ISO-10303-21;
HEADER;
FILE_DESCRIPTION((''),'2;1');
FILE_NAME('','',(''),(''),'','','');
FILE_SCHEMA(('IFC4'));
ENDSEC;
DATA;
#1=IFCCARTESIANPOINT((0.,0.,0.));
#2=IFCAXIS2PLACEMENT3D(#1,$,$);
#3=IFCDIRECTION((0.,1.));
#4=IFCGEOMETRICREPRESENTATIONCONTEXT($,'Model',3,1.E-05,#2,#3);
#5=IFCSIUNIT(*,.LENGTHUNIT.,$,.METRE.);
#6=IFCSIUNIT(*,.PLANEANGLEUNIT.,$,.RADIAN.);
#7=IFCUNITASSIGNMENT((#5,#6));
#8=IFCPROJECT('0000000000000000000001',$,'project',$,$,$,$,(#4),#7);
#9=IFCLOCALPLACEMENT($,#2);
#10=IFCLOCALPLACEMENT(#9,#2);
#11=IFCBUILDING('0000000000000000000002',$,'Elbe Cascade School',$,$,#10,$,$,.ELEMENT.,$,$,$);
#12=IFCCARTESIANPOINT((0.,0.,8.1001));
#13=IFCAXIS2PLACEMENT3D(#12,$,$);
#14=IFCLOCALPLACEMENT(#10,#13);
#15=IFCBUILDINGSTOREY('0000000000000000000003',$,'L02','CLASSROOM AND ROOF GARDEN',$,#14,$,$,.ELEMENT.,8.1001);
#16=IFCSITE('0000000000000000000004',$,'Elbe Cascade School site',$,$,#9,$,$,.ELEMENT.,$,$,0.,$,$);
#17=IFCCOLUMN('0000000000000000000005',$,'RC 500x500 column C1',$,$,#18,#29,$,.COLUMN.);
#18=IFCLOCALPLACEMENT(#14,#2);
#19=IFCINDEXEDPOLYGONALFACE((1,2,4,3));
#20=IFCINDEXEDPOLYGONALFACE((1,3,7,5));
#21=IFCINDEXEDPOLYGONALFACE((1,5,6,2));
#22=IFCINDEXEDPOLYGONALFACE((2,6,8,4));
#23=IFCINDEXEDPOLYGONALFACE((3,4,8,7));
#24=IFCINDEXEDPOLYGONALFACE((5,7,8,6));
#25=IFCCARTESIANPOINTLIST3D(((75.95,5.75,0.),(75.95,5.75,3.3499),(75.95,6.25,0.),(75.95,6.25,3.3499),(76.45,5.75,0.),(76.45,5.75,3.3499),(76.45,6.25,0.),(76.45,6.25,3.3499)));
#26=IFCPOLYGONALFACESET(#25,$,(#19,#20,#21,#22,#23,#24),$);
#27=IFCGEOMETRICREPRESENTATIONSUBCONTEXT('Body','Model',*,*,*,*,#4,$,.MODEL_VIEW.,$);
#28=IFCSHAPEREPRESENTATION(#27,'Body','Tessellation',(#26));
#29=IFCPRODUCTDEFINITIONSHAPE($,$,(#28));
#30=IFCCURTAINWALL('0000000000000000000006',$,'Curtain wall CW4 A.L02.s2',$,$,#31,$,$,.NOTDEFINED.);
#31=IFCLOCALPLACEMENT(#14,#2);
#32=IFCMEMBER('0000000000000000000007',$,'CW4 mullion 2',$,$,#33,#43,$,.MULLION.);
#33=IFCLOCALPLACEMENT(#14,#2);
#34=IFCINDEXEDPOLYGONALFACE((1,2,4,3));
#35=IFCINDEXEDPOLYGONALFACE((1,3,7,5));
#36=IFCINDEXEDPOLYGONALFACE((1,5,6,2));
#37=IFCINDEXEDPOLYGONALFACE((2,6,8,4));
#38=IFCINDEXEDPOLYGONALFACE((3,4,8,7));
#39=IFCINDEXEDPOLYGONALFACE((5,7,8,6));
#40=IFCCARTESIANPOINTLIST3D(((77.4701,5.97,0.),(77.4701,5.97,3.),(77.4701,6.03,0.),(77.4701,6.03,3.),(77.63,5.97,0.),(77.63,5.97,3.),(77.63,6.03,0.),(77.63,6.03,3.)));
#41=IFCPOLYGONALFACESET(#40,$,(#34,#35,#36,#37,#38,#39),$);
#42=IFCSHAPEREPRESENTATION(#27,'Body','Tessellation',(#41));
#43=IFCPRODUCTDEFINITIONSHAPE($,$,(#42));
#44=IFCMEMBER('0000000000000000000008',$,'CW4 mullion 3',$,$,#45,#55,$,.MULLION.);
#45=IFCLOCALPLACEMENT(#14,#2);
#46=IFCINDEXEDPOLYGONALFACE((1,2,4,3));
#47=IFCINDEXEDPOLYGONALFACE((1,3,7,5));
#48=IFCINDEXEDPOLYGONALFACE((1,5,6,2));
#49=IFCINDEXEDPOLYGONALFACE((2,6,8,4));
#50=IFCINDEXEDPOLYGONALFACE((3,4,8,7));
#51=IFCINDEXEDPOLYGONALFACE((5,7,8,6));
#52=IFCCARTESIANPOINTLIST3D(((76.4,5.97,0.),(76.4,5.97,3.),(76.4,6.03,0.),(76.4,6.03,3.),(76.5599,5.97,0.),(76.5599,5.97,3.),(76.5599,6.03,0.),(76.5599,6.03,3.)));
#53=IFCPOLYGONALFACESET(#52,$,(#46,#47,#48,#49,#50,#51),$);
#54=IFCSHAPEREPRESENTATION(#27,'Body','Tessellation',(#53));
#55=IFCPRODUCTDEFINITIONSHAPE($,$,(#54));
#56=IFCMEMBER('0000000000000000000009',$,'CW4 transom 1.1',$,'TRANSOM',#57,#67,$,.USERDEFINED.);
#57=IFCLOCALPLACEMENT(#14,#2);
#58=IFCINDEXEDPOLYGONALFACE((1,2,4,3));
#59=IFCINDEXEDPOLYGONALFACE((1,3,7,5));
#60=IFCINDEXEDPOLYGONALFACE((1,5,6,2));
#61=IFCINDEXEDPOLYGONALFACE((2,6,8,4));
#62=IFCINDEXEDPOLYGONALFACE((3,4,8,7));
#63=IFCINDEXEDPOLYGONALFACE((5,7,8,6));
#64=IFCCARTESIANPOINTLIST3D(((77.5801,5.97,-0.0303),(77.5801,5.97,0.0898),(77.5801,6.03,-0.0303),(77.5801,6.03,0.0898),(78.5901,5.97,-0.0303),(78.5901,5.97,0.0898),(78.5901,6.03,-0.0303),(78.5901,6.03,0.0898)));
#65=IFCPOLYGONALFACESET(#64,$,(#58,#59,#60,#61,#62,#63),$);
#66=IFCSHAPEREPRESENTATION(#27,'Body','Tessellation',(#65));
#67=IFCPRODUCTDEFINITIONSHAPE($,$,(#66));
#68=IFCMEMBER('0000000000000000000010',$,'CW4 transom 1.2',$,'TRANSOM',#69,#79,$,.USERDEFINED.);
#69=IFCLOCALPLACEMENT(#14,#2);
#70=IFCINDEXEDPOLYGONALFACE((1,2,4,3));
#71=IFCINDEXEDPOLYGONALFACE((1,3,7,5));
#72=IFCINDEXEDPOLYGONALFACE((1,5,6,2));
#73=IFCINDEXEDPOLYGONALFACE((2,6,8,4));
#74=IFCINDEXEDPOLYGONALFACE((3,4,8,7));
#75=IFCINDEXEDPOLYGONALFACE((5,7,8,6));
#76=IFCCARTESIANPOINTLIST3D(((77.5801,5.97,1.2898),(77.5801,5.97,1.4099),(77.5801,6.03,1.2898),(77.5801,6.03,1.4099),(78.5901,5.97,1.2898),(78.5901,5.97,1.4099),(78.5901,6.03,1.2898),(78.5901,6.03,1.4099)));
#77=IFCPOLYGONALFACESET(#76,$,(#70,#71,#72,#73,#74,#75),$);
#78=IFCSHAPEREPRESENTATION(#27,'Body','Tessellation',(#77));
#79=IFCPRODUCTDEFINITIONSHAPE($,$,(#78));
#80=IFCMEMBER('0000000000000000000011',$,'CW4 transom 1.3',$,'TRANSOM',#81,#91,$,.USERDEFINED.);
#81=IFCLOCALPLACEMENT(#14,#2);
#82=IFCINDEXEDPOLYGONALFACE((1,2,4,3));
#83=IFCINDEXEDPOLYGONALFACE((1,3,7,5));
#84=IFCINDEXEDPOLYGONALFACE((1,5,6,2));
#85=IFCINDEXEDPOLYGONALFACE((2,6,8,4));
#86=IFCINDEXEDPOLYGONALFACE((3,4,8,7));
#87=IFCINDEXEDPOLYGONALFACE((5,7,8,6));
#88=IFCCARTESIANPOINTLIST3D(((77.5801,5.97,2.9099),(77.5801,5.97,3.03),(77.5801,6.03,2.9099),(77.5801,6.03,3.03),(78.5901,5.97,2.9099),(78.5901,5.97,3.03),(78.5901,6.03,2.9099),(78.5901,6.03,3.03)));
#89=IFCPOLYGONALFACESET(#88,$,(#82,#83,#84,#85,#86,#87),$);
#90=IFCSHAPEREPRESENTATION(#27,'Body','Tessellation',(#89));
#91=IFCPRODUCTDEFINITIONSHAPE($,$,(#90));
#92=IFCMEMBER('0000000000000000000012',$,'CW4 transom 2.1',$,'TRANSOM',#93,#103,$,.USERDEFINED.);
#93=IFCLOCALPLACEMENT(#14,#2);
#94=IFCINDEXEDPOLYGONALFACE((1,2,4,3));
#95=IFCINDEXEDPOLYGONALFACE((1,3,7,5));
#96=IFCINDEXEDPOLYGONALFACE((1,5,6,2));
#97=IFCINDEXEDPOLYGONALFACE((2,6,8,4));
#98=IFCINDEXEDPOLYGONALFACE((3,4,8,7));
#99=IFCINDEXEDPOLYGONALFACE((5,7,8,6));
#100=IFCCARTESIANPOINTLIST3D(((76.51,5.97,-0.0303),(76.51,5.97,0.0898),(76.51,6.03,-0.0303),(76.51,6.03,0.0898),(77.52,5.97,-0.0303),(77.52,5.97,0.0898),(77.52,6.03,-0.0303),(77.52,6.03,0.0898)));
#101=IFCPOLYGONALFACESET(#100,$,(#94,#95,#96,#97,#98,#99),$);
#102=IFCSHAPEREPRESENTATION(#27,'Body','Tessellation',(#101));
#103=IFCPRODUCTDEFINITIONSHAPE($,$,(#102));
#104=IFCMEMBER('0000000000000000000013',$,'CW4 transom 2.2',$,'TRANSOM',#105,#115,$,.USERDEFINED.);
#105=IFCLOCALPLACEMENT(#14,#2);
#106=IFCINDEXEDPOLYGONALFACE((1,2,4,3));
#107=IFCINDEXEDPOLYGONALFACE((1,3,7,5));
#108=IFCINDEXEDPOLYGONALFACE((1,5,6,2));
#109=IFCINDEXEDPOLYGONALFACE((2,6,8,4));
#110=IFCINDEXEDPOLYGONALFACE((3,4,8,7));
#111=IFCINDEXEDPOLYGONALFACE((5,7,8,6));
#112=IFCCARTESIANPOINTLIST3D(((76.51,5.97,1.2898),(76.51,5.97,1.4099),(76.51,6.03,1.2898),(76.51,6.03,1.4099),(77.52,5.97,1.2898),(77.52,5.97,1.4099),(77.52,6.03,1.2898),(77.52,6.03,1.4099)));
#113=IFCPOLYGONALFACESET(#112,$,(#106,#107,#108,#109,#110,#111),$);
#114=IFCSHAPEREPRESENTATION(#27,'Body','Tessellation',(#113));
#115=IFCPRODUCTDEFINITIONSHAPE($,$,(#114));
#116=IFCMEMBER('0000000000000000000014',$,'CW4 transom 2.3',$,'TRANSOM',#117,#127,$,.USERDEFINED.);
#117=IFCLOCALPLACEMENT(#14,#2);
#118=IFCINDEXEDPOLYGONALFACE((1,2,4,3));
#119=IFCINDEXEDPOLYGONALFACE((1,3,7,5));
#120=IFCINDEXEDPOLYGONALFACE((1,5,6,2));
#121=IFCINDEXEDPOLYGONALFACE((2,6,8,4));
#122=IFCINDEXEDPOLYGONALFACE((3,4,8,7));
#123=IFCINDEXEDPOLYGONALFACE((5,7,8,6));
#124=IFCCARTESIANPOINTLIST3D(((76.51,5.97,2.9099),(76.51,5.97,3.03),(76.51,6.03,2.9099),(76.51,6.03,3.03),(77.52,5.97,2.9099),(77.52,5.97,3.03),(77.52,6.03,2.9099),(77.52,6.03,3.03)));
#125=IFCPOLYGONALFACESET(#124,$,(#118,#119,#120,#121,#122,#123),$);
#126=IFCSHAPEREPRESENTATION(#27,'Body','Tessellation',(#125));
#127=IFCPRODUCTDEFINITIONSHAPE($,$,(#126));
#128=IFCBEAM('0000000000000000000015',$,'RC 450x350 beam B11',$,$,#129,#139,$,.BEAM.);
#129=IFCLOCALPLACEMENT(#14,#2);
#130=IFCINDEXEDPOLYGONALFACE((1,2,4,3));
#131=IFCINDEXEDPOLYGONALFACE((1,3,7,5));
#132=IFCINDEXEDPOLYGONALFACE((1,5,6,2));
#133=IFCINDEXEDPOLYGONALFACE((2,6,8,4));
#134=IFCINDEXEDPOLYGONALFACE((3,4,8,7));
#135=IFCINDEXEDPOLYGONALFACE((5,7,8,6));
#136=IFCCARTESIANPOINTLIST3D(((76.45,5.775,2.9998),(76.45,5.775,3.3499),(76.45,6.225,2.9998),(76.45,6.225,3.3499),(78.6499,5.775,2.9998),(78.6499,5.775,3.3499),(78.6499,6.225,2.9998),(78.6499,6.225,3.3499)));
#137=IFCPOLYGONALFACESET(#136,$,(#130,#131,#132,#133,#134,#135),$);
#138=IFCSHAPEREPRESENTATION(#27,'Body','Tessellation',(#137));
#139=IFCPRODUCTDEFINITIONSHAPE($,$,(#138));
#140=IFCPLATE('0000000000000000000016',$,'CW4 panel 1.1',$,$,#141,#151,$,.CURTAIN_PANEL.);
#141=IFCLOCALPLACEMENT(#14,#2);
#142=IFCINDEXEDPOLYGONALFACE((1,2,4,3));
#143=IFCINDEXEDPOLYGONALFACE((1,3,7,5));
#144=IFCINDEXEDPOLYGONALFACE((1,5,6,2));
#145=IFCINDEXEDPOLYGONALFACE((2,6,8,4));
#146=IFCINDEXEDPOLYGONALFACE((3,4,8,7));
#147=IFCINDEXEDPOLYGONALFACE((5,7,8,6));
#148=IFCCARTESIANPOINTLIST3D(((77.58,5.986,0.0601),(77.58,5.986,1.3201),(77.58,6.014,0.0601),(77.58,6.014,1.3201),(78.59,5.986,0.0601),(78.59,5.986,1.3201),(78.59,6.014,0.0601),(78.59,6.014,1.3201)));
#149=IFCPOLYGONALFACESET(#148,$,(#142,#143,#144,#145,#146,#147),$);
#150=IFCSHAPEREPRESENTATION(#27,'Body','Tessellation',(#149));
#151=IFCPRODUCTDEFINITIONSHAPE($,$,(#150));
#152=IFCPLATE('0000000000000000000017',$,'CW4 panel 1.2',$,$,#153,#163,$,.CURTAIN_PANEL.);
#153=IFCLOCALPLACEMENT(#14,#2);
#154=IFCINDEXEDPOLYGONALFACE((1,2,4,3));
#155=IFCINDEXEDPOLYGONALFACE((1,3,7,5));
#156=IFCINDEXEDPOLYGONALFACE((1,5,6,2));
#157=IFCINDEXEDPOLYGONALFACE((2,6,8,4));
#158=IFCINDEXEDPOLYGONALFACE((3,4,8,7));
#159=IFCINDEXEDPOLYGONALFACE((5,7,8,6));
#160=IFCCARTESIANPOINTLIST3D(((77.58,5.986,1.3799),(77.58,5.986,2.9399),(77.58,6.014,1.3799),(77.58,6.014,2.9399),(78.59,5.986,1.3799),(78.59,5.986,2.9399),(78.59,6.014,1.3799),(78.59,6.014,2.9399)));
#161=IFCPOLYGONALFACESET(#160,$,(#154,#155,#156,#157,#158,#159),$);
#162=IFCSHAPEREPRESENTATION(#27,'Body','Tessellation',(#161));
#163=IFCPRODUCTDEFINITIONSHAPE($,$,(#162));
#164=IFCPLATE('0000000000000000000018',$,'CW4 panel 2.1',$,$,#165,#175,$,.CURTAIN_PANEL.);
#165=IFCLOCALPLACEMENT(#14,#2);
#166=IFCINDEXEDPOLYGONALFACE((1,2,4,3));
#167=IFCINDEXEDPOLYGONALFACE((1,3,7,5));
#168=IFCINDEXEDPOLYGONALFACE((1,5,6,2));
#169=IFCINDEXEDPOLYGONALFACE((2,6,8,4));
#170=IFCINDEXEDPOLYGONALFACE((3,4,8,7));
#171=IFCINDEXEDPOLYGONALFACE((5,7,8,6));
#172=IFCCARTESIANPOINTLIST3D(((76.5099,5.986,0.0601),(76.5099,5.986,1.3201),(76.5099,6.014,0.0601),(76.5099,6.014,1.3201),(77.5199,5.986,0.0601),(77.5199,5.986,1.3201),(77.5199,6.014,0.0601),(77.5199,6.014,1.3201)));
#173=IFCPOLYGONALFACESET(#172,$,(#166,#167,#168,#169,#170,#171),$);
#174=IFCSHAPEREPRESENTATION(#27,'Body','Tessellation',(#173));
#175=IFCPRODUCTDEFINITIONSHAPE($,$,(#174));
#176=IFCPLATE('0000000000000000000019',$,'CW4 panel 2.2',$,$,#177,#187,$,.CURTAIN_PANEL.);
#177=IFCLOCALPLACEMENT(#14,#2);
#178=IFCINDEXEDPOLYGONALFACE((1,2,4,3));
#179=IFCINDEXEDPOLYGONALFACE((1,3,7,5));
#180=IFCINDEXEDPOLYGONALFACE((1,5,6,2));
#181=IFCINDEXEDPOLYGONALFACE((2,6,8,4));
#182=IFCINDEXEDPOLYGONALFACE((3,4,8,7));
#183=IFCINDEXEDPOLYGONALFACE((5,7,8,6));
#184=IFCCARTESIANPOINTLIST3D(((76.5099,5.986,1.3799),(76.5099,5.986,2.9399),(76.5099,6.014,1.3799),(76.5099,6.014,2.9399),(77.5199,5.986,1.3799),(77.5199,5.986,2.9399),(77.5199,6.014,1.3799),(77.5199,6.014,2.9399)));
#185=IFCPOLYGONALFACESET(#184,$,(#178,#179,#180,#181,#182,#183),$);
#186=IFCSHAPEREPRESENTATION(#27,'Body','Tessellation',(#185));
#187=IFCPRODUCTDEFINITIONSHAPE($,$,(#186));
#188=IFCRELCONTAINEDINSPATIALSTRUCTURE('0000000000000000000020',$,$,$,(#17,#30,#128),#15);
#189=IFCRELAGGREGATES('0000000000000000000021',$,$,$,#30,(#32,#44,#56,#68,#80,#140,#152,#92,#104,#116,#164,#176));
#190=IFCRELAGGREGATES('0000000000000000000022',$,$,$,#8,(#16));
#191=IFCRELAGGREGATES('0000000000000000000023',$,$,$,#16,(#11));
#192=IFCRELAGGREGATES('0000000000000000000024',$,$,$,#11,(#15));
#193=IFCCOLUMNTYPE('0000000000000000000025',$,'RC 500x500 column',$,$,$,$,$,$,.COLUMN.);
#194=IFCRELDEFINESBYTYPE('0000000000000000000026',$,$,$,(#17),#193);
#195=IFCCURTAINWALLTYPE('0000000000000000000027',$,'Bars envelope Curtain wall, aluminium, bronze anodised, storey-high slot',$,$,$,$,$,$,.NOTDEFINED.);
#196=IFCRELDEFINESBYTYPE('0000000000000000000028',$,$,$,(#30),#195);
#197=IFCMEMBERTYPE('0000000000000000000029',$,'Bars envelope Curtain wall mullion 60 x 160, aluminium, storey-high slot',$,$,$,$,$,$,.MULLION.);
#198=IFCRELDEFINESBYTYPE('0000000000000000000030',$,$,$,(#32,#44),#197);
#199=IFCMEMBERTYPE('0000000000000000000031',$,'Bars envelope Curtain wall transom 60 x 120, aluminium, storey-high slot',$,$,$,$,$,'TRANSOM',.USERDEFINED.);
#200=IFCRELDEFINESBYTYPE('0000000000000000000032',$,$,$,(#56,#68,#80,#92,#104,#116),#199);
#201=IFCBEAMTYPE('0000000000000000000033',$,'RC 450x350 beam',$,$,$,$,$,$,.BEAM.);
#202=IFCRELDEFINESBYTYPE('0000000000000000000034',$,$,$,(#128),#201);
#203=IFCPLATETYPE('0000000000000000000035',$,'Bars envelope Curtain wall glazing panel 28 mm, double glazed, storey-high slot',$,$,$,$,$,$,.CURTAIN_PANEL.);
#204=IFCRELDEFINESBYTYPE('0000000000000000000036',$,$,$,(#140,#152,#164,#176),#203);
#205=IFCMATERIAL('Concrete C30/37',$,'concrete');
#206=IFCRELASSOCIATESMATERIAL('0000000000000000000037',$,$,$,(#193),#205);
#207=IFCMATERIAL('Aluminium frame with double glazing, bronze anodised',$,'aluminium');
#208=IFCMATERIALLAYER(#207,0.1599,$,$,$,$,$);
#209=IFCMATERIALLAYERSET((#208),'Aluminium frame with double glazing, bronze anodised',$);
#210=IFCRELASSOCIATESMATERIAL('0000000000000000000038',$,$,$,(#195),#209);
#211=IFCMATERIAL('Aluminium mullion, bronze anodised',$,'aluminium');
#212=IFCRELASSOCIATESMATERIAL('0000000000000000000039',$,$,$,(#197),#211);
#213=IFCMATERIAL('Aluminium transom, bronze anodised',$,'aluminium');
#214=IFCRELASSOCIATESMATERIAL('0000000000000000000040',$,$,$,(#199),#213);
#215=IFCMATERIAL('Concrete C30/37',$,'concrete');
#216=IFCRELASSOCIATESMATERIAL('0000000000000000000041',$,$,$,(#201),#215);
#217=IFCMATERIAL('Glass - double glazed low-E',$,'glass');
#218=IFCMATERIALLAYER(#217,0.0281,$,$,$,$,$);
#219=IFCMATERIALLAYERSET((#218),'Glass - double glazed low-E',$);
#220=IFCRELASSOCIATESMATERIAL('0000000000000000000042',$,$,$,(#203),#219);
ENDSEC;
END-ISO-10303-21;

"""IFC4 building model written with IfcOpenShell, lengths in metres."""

from ifc_helpers import new_model, si_unit, direction, frame, origin, origin_2d, place, context, subcontext, project, spatial, rectangle, extrude, material, layer, layer_set, material_profile, profile_set, type_object, element, aggregate, save


model = new_model("IFC4")

# Units and contexts
model_context = context("Model", 3, precision=1e-05, world=origin(), true_north=direction((0.0, 1.0)))
body_context = subcontext(model_context, "Body", "Model", "MODEL_VIEW")
ifc_project = project(units=[si_unit("LENGTHUNIT", "METRE"), si_unit("PLANEANGLEUNIT", "RADIAN")], contexts=[model_context])

# Site, building, storey
site_placement = place(None, origin())
site = spatial("IfcSite", under=ifc_project, at=site_placement, Name="Elbe Cascade School site", CompositionType="ELEMENT", RefElevation=0.0)
building_placement = place(site_placement, origin())
building = spatial("IfcBuilding", under=site, at=building_placement, Name="Elbe Cascade School", CompositionType="ELEMENT")
storey_placement = place(building_placement, frame((0.0, 0.0, 8.1001)))
storey = spatial("IfcBuildingStorey", under=building, at=storey_placement, Name="L02", Description="CLASSROOM AND ROOF GARDEN", CompositionType="ELEMENT", Elevation=8.1001)

# Column
ifc_material_1 = material(Name="Concrete C30/37", Category="concrete")
ifc_material_profile_1 = material_profile(ifc_material_1, rectangle(XDim=0.5, YDim=0.5, at=origin_2d()), Name="RC 500x500")
ifc_profile_set_1 = profile_set([ifc_material_profile_1], Name="Concrete C30/37")
column_type = type_object("IfcColumnType", Name="RC 500x500 column", PredefinedType="COLUMN", material=ifc_profile_set_1)
column_placement = place(storey_placement, frame((76.2, 6.0, 0.0), z_axis=(0.0, 0.0, 1.0), x_axis=(1.0, 0.0, 0.0)))
element("IfcColumn", 1, at=column_placement, inside=storey, type_object=column_type, Name="RC 500x500 column C1", PredefinedType="COLUMN", context=body_context, shape_type="SweptSolid", body=[
    extrude(rectangle(XDim=0.5, YDim=0.5, at=origin_2d()), origin(), (0.0, 0.0, 1.0), 3.3499),
])

# Curtain wall, members
ifc_material_2 = material(Name="Aluminium frame with double glazing, bronze anodised", Category="aluminium")
ifc_layer_1 = layer(ifc_material_2, 0.1599)
ifc_layer_set_1 = layer_set([ifc_layer_1], Name="Aluminium frame with double glazing, bronze anodised")
curtain_wall_type = type_object("IfcCurtainWallType", Name="Bars envelope Curtain wall, aluminium, bronze anodised, storey-high slot", PredefinedType="NOTDEFINED", material=ifc_layer_set_1)
curtain_wall_placement = place(storey_placement, origin())
curtain_wall = element("IfcCurtainWall", 2, at=curtain_wall_placement, inside=storey, type_object=curtain_wall_type, Name="Curtain wall CW4 A.L02.s2", PredefinedType="NOTDEFINED")
ifc_material_3 = material(Name="Aluminium mullion, bronze anodised", Category="aluminium")
ifc_material_profile_2 = material_profile(ifc_material_3, rectangle(XDim=0.0601, YDim=0.1599, at=origin_2d()), Name="Bars envelope Curtain wall mullion 60 x 160, aluminium, storey-high slot")
ifc_profile_set_2 = profile_set([ifc_material_profile_2], Name="Aluminium mullion, bronze anodised")
member_type_1 = type_object("IfcMemberType", Name="Bars envelope Curtain wall mullion 60 x 160, aluminium, storey-high slot", PredefinedType="MULLION", material=ifc_profile_set_2)
member_1_placement = place(storey_placement, frame((77.55, 6.0, 0.0), z_axis=(0.0, 0.0, 1.0), x_axis=(0.0, -1.0, 0.0)))
member_1 = element("IfcMember", 3, at=member_1_placement, type_object=member_type_1, Name="CW4 mullion 2", PredefinedType="MULLION", context=body_context, shape_type="SweptSolid", body=[
    extrude(rectangle(XDim=0.0601, YDim=0.1599, at=origin_2d()), origin(), (0.0, 0.0, 1.0), 3.0),
])
member_2_placement = place(storey_placement, frame((76.48, 6.0, 0.0), z_axis=(0.0, 0.0, 1.0), x_axis=(0.0, -1.0, 0.0)))
member_2 = element("IfcMember", 4, at=member_2_placement, type_object=member_type_1, Name="CW4 mullion 3", PredefinedType="MULLION", context=body_context, shape_type="SweptSolid", body=[
    extrude(rectangle(XDim=0.0601, YDim=0.1599, at=origin_2d()), origin(), (0.0, 0.0, 1.0), 3.0),
])
ifc_material_4 = material(Name="Aluminium transom, bronze anodised", Category="aluminium")
ifc_material_profile_3 = material_profile(ifc_material_4, rectangle(XDim=0.0601, YDim=0.1201, at=origin_2d()), Name="Bars envelope Curtain wall transom 60 x 120, aluminium, storey-high slot")
ifc_profile_set_3 = profile_set([ifc_material_profile_3], Name="Aluminium transom, bronze anodised")
member_type_2 = type_object("IfcMemberType", Name="Bars envelope Curtain wall transom 60 x 120, aluminium, storey-high slot", ElementType="TRANSOM", PredefinedType="USERDEFINED", material=ifc_profile_set_3)
member_3_placement = place(storey_placement, frame((78.5901, 6.0, 0.0298), z_axis=(-1.0, 0.0, 0.0), x_axis=(0.0, -1.0, 0.0)))
member_3 = element("IfcMember", 5, at=member_3_placement, type_object=member_type_2, Name="CW4 transom 1.1", ObjectType="TRANSOM", PredefinedType="USERDEFINED", context=body_context, shape_type="SweptSolid", body=[
    extrude(rectangle(XDim=0.0601, YDim=0.1201, at=origin_2d()), origin(), (0.0, 0.0, 1.0), 1.01),
])
member_4_placement = place(storey_placement, frame((78.5901, 6.0, 1.3499), z_axis=(-1.0, 0.0, 0.0), x_axis=(0.0, -1.0, 0.0)))
member_4 = element("IfcMember", 6, at=member_4_placement, type_object=member_type_2, Name="CW4 transom 1.2", ObjectType="TRANSOM", PredefinedType="USERDEFINED", context=body_context, shape_type="SweptSolid", body=[
    extrude(rectangle(XDim=0.0601, YDim=0.1201, at=origin_2d()), origin(), (0.0, 0.0, 1.0), 1.01),
])
member_5_placement = place(storey_placement, frame((78.5901, 6.0, 2.97), z_axis=(-1.0, 0.0, 0.0), x_axis=(0.0, -1.0, 0.0)))
member_5 = element("IfcMember", 7, at=member_5_placement, type_object=member_type_2, Name="CW4 transom 1.3", ObjectType="TRANSOM", PredefinedType="USERDEFINED", context=body_context, shape_type="SweptSolid", body=[
    extrude(rectangle(XDim=0.0601, YDim=0.1201, at=origin_2d()), origin(), (0.0, 0.0, 1.0), 1.01),
])
member_6_placement = place(storey_placement, frame((77.52, 6.0, 0.0298), z_axis=(-1.0, 0.0, 0.0), x_axis=(0.0, -1.0, 0.0)))
member_6 = element("IfcMember", 8, at=member_6_placement, type_object=member_type_2, Name="CW4 transom 2.1", ObjectType="TRANSOM", PredefinedType="USERDEFINED", context=body_context, shape_type="SweptSolid", body=[
    extrude(rectangle(XDim=0.0601, YDim=0.1201, at=origin_2d()), origin(), (0.0, 0.0, 1.0), 1.01),
])
member_7_placement = place(storey_placement, frame((77.52, 6.0, 1.3499), z_axis=(-1.0, 0.0, 0.0), x_axis=(0.0, -1.0, 0.0)))
member_7 = element("IfcMember", 9, at=member_7_placement, type_object=member_type_2, Name="CW4 transom 2.2", ObjectType="TRANSOM", PredefinedType="USERDEFINED", context=body_context, shape_type="SweptSolid", body=[
    extrude(rectangle(XDim=0.0601, YDim=0.1201, at=origin_2d()), origin(), (0.0, 0.0, 1.0), 1.01),
])
member_8_placement = place(storey_placement, frame((77.52, 6.0, 2.97), z_axis=(-1.0, 0.0, 0.0), x_axis=(0.0, -1.0, 0.0)))
member_8 = element("IfcMember", 10, at=member_8_placement, type_object=member_type_2, Name="CW4 transom 2.3", ObjectType="TRANSOM", PredefinedType="USERDEFINED", context=body_context, shape_type="SweptSolid", body=[
    extrude(rectangle(XDim=0.0601, YDim=0.1201, at=origin_2d()), origin(), (0.0, 0.0, 1.0), 1.01),
])

# Beam
ifc_material_5 = material(Name="Concrete C30/37", Category="concrete")
ifc_material_profile_4 = material_profile(ifc_material_5, rectangle(XDim=0.45, YDim=0.3501, at=origin_2d()), Name="RC 450x350")
ifc_profile_set_4 = profile_set([ifc_material_profile_4], Name="Concrete C30/37")
beam_type = type_object("IfcBeamType", Name="RC 450x350 beam", PredefinedType="BEAM", material=ifc_profile_set_4)
beam_placement = place(storey_placement, frame((76.45, 6.0, 3.1748), z_axis=(1.0, 0.0, 0.0), x_axis=(0.0, 1.0, 0.0)))
element("IfcBeam", 11, at=beam_placement, inside=storey, type_object=beam_type, Name="RC 450x350 beam B11", PredefinedType="BEAM", context=body_context, shape_type="SweptSolid", body=[
    extrude(rectangle(XDim=0.45, YDim=0.3501, at=origin_2d()), origin(), (0.0, 0.0, 1.0), 2.2),
])

# Plates
ifc_material_6 = material(Name="Glass - double glazed low-E", Category="glass")
ifc_layer_2 = layer(ifc_material_6, 0.0281)
ifc_layer_set_2 = layer_set([ifc_layer_2], Name="Glass - double glazed low-E")
plate_type = type_object("IfcPlateType", Name="Bars envelope Curtain wall glazing panel 28 mm, double glazed, storey-high slot", PredefinedType="CURTAIN_PANEL", material=ifc_layer_set_2)
plate_1_placement = place(storey_placement, frame((78.085, 6.0, 0.0601), z_axis=(0.0, 0.0, 1.0), x_axis=(-1.0, 0.0, 0.0)))
plate_1 = element("IfcPlate", 12, at=plate_1_placement, type_object=plate_type, Name="CW4 panel 1.1", PredefinedType="CURTAIN_PANEL", context=body_context, shape_type="SweptSolid", body=[
    extrude(rectangle(XDim=1.01, YDim=0.0281, at=origin_2d()), origin(), (0.0, 0.0, 1.0), 1.26),
])
plate_2_placement = place(storey_placement, frame((78.085, 6.0, 1.3799), z_axis=(0.0, 0.0, 1.0), x_axis=(-1.0, 0.0, 0.0)))
plate_2 = element("IfcPlate", 13, at=plate_2_placement, type_object=plate_type, Name="CW4 panel 1.2", PredefinedType="CURTAIN_PANEL", context=body_context, shape_type="SweptSolid", body=[
    extrude(rectangle(XDim=1.01, YDim=0.0281, at=origin_2d()), origin(), (0.0, 0.0, 1.0), 1.5601),
])
plate_3_placement = place(storey_placement, frame((77.0149, 6.0, 0.0601), z_axis=(0.0, 0.0, 1.0), x_axis=(-1.0, 0.0, 0.0)))
plate_3 = element("IfcPlate", 14, at=plate_3_placement, type_object=plate_type, Name="CW4 panel 2.1", PredefinedType="CURTAIN_PANEL", context=body_context, shape_type="SweptSolid", body=[
    extrude(rectangle(XDim=1.01, YDim=0.0281, at=origin_2d()), origin(), (0.0, 0.0, 1.0), 1.26),
])
plate_4_placement = place(storey_placement, frame((77.0149, 6.0, 1.3799), z_axis=(0.0, 0.0, 1.0), x_axis=(-1.0, 0.0, 0.0)))
plate_4 = element("IfcPlate", 15, at=plate_4_placement, type_object=plate_type, Name="CW4 panel 2.2", PredefinedType="CURTAIN_PANEL", context=body_context, shape_type="SweptSolid", body=[
    extrude(rectangle(XDim=1.01, YDim=0.0281, at=origin_2d()), origin(), (0.0, 0.0, 1.0), 1.5601),
])
aggregate(curtain_wall, [member_1, member_2, member_3, member_4, member_5, plate_1, plate_2, member_6, member_7, member_8, plate_3, plate_4])

save(model, "model.ifc")
